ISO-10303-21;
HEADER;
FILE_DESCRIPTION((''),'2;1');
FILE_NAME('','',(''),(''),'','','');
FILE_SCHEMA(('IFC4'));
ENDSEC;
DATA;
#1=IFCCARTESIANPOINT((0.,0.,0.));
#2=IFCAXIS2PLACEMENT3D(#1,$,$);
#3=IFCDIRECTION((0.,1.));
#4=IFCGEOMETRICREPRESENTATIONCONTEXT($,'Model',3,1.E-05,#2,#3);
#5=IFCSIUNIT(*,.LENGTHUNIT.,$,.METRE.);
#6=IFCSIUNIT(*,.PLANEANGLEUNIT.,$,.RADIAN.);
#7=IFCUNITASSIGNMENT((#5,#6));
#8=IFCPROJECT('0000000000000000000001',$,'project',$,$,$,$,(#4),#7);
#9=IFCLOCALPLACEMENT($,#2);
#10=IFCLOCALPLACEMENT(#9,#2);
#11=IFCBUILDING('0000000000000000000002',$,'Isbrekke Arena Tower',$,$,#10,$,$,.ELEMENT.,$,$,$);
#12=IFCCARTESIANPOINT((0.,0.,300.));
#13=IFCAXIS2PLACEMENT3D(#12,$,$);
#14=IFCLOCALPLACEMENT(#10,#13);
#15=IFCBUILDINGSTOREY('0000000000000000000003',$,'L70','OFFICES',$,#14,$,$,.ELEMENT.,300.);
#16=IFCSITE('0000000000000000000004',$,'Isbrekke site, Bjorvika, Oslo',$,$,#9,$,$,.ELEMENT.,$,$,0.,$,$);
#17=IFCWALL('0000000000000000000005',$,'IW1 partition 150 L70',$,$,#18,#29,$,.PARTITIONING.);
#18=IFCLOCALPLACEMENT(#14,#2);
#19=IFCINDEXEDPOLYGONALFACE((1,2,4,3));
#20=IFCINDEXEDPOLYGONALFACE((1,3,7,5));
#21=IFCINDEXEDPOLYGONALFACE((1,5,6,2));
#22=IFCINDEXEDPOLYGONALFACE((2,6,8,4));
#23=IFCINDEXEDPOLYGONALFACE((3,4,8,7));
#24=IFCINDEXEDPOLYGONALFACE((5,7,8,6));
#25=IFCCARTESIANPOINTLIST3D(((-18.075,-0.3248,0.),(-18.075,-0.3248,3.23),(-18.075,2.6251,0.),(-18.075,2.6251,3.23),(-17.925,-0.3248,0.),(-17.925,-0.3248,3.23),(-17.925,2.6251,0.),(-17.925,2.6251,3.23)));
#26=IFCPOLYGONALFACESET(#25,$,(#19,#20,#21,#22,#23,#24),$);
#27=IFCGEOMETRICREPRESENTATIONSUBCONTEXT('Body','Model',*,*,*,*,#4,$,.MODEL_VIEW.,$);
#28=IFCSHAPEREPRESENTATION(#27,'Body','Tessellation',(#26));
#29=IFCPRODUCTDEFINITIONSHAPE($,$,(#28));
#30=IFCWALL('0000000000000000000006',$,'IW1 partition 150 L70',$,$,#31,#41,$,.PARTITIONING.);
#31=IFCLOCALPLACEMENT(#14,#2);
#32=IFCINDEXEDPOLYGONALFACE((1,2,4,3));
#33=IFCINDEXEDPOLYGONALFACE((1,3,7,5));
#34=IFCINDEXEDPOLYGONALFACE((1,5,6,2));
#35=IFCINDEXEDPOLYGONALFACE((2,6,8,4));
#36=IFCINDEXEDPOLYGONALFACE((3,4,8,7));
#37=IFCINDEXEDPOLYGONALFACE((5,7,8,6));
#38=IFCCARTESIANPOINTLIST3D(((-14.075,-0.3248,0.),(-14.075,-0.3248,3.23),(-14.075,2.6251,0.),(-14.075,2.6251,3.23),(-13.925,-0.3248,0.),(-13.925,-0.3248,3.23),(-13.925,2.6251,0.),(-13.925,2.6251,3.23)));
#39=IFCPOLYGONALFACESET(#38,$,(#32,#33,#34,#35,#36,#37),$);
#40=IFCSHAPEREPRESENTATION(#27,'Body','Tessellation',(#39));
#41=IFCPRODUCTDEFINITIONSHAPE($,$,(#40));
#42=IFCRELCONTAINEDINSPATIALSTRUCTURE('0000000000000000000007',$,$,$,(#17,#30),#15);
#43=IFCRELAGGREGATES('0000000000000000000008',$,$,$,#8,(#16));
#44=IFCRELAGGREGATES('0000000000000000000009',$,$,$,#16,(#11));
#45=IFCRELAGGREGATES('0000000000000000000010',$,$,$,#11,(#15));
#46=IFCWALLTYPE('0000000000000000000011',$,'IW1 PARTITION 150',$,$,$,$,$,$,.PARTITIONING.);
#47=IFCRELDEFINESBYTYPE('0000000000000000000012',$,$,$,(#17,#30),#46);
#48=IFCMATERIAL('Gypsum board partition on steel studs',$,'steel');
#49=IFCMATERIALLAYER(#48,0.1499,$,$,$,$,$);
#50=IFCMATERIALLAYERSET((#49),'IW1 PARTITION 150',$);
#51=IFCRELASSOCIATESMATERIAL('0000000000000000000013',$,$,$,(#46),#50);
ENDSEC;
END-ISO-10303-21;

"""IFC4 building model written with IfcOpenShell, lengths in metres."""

from ifc_helpers import new_model, si_unit, direction, frame, frame_2d, origin, place, context, subcontext, project, spatial, rectangle, extrude, material, layer, layer_set, type_object, element, save


model = new_model("IFC4")

# Units and contexts
model_context = context("Model", 3, precision=1e-05, world=origin(), true_north=direction((0.0, 1.0)))
body_context = subcontext(model_context, "Body", "Model", "MODEL_VIEW")
ifc_project = project(units=[si_unit("LENGTHUNIT", "METRE"), si_unit("PLANEANGLEUNIT", "RADIAN")], contexts=[model_context])

# Site, building, storey
site_placement = place(None, origin())
site = spatial("IfcSite", under=ifc_project, at=site_placement, Name="Isbrekke site, Bjorvika, Oslo", CompositionType="ELEMENT", RefElevation=0.0)
building_placement = place(site_placement, origin())
building = spatial("IfcBuilding", under=site, at=building_placement, Name="Isbrekke Arena Tower", CompositionType="ELEMENT")
storey_placement = place(building_placement, frame((0.0, 0.0, 300.0)))
storey = spatial("IfcBuildingStorey", under=building, at=storey_placement, Name="L70", Description="OFFICES", CompositionType="ELEMENT", Elevation=300.0)

# Walls
ifc_material_1 = material(Name="Gypsum board partition on steel studs", Category="steel")
ifc_layer = layer(ifc_material_1, 0.1499)
ifc_layer_set = layer_set([ifc_layer], Name="IW1 PARTITION 150")
wall_type = type_object("IfcWallType", Name="IW1 PARTITION 150", PredefinedType="PARTITIONING", material=ifc_layer_set)
for number, where, z_axis, x_axis, name in (
    (1, (-18.0, -0.325, 0.0), (0.0, 0.0, 1.0), (0.0, 1.0, 0.0), "IW1 partition 150 L70"),
    (2, (-14.0, -0.325, 0.0), (0.0, 0.0, 1.0), (0.0, 1.0, 0.0), "IW1 partition 150 L70"),
):
    element("IfcWall", number, at=place(storey_placement, frame(where, z_axis=z_axis, x_axis=x_axis)), inside=storey, type_object=wall_type, Name=name, PredefinedType="PARTITIONING", context=body_context, shape_type="SweptSolid", body=[
        extrude(rectangle(XDim=2.95, YDim=0.1499, at=frame_2d((1.4751, 0.0))), origin(), (0.0, 0.0, 1.0), 3.23),
    ])

save(model, "model.ifc")
